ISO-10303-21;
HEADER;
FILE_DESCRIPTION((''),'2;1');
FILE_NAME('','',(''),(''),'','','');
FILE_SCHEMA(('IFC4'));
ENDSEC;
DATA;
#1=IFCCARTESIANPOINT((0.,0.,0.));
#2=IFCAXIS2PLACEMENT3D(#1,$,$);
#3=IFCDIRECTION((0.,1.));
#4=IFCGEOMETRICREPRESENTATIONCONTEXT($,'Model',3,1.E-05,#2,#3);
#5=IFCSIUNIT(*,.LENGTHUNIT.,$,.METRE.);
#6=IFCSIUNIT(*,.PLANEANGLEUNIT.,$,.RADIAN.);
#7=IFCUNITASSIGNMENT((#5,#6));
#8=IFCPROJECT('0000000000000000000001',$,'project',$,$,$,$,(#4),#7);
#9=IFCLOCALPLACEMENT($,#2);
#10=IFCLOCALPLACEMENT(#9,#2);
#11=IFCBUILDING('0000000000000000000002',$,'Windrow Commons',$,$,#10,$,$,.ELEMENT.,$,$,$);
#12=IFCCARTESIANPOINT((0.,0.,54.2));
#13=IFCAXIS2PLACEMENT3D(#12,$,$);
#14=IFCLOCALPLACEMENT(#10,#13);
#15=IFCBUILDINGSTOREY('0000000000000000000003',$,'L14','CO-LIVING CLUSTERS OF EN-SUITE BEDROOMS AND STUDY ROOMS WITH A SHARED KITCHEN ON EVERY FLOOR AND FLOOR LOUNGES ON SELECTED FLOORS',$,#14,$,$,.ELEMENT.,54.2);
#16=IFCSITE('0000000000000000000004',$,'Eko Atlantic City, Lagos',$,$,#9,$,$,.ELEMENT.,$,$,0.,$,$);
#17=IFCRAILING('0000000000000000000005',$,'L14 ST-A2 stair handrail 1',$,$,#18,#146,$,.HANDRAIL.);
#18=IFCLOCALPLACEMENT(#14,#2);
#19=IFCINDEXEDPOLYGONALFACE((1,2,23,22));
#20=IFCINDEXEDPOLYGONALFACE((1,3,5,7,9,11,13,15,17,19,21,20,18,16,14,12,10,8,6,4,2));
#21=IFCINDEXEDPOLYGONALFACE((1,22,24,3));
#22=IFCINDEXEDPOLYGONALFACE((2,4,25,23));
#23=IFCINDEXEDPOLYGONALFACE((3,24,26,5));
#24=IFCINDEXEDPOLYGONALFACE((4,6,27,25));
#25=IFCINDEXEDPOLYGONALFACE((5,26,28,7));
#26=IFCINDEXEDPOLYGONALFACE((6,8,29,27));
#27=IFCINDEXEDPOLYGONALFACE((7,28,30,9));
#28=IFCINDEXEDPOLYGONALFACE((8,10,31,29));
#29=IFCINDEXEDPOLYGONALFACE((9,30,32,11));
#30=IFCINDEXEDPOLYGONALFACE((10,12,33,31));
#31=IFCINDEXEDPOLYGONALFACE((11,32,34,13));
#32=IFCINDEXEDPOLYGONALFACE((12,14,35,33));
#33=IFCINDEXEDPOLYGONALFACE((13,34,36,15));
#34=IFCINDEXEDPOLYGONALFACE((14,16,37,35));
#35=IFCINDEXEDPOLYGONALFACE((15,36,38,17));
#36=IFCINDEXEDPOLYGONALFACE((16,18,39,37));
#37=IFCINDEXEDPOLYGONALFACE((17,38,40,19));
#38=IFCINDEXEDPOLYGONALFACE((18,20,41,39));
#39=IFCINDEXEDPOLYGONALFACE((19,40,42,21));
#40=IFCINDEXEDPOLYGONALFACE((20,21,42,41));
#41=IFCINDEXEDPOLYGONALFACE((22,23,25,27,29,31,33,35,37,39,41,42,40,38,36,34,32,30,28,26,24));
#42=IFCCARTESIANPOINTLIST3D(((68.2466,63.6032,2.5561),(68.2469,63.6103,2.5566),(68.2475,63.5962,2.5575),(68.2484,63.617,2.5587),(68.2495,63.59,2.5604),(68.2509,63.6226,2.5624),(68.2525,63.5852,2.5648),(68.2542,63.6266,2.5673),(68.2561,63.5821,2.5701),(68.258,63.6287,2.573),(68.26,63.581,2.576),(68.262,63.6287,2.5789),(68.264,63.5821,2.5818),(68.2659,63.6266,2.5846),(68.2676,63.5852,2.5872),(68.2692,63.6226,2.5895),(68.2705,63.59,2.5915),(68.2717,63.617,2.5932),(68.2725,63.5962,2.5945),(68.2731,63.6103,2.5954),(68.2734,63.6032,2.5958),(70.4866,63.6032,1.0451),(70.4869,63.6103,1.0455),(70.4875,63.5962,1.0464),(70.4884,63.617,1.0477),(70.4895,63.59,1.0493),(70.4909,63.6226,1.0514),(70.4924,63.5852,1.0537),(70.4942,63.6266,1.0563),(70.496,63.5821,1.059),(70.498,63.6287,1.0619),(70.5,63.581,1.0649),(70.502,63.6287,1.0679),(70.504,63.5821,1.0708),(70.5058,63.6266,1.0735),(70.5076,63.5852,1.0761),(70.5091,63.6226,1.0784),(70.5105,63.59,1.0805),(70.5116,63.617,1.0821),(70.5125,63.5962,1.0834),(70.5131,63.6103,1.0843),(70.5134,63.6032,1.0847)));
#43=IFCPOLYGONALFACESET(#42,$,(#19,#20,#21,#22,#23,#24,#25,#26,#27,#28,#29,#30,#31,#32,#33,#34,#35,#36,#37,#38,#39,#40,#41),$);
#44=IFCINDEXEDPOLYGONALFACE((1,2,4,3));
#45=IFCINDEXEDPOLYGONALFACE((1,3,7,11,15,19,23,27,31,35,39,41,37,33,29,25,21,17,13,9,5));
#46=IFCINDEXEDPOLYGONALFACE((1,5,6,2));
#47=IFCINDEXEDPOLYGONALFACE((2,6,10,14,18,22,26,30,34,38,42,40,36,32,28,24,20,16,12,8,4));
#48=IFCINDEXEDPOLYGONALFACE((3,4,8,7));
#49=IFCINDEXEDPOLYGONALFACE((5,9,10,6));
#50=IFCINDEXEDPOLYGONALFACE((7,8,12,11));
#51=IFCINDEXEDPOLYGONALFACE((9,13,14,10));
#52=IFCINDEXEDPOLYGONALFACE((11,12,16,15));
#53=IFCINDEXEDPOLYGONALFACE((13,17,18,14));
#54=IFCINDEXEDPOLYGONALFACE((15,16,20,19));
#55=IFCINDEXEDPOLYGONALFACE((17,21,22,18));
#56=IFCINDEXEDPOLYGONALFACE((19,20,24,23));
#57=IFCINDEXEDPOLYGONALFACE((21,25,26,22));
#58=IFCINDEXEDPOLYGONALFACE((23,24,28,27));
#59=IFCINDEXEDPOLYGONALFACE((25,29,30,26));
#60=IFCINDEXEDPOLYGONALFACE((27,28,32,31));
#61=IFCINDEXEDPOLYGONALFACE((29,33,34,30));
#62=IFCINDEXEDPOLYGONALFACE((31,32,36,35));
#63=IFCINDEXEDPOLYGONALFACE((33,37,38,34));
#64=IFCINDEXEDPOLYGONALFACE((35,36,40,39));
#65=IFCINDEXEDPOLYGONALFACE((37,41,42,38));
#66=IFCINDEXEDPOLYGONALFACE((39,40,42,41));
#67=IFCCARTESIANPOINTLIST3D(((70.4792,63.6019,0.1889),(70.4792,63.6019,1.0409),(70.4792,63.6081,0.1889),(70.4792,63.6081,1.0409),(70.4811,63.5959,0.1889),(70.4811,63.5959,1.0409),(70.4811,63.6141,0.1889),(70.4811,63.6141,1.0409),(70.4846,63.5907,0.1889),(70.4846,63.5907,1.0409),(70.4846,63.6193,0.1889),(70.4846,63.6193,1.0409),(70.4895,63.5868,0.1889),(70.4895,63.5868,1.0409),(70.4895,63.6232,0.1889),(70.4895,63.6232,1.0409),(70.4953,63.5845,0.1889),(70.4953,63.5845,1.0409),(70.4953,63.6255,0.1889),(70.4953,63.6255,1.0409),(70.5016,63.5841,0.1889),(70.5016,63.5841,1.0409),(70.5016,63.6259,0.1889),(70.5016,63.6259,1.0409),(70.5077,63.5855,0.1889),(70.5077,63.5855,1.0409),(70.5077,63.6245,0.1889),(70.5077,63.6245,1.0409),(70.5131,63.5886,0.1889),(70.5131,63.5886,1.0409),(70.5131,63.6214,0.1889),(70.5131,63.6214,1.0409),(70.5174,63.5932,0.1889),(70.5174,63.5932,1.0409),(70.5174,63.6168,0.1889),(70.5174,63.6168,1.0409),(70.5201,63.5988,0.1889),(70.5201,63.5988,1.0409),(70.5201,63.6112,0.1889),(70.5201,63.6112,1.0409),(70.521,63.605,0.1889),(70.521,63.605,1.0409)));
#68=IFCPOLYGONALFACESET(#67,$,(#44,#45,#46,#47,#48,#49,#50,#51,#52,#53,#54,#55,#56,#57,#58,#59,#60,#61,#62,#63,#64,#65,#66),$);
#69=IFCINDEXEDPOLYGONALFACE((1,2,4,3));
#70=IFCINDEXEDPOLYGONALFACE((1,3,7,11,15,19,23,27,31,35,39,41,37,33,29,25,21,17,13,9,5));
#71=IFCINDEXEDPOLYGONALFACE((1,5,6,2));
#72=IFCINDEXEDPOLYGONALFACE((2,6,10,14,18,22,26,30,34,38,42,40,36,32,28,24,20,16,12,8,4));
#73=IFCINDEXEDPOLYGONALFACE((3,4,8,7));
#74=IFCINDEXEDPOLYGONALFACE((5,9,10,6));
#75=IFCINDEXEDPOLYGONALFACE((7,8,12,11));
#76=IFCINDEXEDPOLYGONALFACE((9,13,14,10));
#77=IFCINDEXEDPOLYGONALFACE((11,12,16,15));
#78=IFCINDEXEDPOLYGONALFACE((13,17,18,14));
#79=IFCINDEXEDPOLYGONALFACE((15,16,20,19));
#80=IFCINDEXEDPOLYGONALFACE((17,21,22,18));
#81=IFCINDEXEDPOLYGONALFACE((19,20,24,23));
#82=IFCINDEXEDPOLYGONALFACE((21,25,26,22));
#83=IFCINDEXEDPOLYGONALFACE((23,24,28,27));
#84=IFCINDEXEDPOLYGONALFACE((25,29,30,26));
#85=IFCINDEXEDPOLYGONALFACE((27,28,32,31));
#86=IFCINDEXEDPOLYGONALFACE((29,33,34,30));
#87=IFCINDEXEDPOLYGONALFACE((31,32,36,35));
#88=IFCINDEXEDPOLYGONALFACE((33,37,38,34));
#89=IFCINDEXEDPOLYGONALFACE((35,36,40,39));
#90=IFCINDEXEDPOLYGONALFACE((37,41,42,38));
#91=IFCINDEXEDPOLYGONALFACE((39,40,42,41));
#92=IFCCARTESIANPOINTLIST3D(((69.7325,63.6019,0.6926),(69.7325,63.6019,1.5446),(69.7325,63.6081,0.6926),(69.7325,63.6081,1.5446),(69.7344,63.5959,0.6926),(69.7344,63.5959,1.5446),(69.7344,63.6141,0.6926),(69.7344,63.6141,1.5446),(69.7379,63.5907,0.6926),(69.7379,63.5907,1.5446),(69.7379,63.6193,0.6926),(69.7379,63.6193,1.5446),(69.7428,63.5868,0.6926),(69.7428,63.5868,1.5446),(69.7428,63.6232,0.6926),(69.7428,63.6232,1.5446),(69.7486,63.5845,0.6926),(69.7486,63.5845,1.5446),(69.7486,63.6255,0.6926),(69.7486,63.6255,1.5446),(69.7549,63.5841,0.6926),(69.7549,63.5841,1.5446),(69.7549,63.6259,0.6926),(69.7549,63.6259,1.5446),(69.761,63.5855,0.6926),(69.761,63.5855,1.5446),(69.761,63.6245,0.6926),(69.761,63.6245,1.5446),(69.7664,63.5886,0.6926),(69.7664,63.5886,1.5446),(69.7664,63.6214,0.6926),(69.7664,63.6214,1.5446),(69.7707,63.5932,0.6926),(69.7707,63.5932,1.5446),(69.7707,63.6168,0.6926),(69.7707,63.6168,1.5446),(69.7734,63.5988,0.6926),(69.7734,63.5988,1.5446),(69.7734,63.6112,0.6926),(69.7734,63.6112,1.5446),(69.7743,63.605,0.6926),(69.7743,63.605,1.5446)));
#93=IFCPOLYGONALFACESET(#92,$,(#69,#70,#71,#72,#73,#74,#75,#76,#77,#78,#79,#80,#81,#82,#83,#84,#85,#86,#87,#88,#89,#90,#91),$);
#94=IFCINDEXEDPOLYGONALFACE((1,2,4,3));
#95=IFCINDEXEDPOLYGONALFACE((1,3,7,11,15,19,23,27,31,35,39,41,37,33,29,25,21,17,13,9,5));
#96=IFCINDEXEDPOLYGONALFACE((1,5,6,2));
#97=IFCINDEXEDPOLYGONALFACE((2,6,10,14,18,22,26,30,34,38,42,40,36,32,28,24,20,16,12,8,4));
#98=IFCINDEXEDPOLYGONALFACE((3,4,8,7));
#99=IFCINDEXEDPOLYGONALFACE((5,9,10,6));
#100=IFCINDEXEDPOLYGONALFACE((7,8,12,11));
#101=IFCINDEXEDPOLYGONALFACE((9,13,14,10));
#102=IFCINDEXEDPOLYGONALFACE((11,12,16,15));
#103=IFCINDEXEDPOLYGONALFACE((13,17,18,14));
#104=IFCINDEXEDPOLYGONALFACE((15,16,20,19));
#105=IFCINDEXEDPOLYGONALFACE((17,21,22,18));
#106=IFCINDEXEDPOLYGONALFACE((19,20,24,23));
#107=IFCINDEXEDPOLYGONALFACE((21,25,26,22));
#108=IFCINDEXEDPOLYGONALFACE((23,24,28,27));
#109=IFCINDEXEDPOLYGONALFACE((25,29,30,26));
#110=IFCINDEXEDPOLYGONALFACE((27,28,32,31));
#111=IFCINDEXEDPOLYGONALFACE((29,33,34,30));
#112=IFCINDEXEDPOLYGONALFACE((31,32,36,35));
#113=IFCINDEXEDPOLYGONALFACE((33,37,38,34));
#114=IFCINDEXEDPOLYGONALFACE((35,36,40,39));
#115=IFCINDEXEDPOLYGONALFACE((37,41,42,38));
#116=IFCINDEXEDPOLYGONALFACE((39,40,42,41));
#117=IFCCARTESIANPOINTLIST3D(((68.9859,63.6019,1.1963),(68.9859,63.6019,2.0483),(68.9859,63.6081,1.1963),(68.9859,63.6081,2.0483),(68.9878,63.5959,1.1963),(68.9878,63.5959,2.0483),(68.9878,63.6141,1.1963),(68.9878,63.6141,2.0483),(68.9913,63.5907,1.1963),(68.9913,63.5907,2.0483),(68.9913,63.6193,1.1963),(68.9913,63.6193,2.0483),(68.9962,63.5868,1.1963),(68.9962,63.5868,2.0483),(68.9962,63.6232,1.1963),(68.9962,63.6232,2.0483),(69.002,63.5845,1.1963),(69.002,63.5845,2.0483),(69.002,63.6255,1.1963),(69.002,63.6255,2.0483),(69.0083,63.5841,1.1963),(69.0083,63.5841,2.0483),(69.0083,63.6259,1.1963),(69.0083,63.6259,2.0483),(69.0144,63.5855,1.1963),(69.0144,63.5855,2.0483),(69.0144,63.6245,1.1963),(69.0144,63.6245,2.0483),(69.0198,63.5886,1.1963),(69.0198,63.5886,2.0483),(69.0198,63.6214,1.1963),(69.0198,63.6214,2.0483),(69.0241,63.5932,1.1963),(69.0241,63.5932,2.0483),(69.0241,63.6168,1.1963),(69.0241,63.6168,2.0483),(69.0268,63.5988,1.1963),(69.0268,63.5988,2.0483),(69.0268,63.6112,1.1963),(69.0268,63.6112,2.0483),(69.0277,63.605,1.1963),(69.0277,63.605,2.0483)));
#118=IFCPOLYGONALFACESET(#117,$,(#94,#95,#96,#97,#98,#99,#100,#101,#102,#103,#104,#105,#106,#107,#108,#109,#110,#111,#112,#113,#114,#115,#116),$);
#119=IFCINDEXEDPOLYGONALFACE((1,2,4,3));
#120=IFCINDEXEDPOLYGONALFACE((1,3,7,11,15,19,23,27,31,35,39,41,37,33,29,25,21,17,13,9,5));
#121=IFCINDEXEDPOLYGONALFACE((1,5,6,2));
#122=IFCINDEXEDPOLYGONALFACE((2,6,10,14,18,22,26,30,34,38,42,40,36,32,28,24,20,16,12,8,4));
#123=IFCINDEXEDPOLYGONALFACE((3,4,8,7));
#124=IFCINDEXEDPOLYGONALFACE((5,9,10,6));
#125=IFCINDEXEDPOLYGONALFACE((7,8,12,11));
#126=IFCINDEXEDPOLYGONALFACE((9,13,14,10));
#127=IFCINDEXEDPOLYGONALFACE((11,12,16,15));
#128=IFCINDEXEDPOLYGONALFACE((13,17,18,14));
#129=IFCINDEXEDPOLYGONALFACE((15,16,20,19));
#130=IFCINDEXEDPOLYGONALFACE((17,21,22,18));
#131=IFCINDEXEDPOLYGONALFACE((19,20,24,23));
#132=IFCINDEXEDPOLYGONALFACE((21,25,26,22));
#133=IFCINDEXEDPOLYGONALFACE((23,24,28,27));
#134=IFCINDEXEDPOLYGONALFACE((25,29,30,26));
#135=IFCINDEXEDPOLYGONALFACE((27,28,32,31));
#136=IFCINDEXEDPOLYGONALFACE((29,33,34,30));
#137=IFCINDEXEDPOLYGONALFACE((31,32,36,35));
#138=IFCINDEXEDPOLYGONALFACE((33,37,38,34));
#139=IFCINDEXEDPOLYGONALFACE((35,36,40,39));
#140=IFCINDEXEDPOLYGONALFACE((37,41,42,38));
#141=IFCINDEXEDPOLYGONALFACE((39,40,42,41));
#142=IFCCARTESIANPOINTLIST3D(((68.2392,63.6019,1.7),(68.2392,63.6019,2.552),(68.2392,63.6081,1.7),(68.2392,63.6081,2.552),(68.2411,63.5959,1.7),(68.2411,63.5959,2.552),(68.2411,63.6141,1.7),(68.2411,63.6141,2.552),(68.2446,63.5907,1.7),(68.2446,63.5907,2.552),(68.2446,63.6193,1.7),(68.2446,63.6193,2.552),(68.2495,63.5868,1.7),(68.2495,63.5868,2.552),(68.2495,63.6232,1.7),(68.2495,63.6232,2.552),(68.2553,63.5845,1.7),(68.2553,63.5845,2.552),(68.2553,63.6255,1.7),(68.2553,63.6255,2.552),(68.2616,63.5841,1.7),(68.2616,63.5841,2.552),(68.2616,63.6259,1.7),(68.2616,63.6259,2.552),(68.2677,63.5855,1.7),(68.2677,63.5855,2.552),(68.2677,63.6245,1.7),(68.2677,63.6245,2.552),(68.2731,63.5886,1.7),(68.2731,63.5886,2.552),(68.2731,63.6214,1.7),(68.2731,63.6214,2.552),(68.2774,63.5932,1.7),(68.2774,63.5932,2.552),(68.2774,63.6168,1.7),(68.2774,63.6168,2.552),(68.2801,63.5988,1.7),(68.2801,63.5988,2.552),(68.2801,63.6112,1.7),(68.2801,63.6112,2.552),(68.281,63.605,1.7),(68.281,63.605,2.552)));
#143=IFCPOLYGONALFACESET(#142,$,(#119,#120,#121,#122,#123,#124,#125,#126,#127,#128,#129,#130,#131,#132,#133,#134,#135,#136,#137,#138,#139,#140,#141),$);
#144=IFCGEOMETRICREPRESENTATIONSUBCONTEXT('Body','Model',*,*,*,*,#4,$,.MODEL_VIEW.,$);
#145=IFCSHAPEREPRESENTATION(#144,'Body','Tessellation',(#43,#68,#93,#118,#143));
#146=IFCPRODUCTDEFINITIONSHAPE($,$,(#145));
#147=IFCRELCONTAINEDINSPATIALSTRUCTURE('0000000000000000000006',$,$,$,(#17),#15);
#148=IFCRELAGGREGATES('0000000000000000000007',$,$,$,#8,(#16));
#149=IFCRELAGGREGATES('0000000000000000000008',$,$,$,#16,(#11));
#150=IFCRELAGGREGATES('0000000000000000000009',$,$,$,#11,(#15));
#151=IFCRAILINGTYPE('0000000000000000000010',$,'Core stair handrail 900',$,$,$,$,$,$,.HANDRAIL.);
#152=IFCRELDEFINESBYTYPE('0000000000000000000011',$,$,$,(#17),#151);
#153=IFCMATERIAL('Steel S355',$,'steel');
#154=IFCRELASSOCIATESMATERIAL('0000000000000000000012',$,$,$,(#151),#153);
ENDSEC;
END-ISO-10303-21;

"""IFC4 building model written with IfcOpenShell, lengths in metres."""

from ifc_helpers import new_model, si_unit, direction, frame, origin, origin_2d, place, context, subcontext, project, spatial, circle, extrude, material, type_object, element, save


model = new_model("IFC4")

# Units and contexts
model_context = context("Model", 3, precision=1e-05, world=origin(), true_north=direction((0.0, 1.0)))
body_context = subcontext(model_context, "Body", "Model", "MODEL_VIEW")
ifc_project = project(units=[si_unit("LENGTHUNIT", "METRE"), si_unit("PLANEANGLEUNIT", "RADIAN")], contexts=[model_context])

# Site, building, storey
site_placement = place(None, origin())
site = spatial("IfcSite", under=ifc_project, at=site_placement, Name="Eko Atlantic City, Lagos", CompositionType="ELEMENT", RefElevation=0.0)
building_placement = place(site_placement, origin())
building = spatial("IfcBuilding", under=site, at=building_placement, Name="Windrow Commons", CompositionType="ELEMENT")
storey_placement = place(building_placement, frame((0.0, 0.0, 54.2)))
storey = spatial("IfcBuildingStorey", under=building, at=storey_placement, Name="L14", Description="CO-LIVING CLUSTERS OF EN-SUITE BEDROOMS AND STUDY ROOMS WITH A SHARED KITCHEN ON EVERY FLOOR AND FLOOR LOUNGES ON SELECTED FLOORS", CompositionType="ELEMENT", Elevation=54.2)

# Railing
ifc_material_1 = material(Name="Steel S355", Category="steel")
railing_type_1 = type_object("IfcRailingType", Name="Core stair handrail 900", PredefinedType="HANDRAIL", material=ifc_material_1)
railing_1_placement = place(storey_placement, frame((70.5, 63.605, 0.1889)))
element("IfcRailing", 1, at=railing_1_placement, inside=storey, type_object=railing_type_1, Name="L14 ST-A2 stair handrail 1", PredefinedType="HANDRAIL", context=body_context, shape_type="SweptSolid", body=[
    extrude(circle(Radius=0.024, at=origin_2d()), frame((0.0, 0.0, 0.876), z_axis=(-0.829003, 0.0, 0.559244), x_axis=(0.0, -1.0, 0.0)), (0.0, 0.0, 1.0), 2.702),
    extrude(circle(Radius=0.021, at=origin_2d()), origin(), (0.0, 0.0, 1.0), 0.852),
    extrude(circle(Radius=0.021, at=origin_2d()), frame((-0.7467, 0.0, 0.5037)), (0.0, 0.0, 1.0), 0.852),
    extrude(circle(Radius=0.021, at=origin_2d()), frame((-1.4933, 0.0, 1.0074)), (0.0, 0.0, 1.0), 0.852),
    extrude(circle(Radius=0.021, at=origin_2d()), frame((-2.24, 0.0, 1.5111)), (0.0, 0.0, 1.0), 0.852),
])

save(model, "model.ifc")
